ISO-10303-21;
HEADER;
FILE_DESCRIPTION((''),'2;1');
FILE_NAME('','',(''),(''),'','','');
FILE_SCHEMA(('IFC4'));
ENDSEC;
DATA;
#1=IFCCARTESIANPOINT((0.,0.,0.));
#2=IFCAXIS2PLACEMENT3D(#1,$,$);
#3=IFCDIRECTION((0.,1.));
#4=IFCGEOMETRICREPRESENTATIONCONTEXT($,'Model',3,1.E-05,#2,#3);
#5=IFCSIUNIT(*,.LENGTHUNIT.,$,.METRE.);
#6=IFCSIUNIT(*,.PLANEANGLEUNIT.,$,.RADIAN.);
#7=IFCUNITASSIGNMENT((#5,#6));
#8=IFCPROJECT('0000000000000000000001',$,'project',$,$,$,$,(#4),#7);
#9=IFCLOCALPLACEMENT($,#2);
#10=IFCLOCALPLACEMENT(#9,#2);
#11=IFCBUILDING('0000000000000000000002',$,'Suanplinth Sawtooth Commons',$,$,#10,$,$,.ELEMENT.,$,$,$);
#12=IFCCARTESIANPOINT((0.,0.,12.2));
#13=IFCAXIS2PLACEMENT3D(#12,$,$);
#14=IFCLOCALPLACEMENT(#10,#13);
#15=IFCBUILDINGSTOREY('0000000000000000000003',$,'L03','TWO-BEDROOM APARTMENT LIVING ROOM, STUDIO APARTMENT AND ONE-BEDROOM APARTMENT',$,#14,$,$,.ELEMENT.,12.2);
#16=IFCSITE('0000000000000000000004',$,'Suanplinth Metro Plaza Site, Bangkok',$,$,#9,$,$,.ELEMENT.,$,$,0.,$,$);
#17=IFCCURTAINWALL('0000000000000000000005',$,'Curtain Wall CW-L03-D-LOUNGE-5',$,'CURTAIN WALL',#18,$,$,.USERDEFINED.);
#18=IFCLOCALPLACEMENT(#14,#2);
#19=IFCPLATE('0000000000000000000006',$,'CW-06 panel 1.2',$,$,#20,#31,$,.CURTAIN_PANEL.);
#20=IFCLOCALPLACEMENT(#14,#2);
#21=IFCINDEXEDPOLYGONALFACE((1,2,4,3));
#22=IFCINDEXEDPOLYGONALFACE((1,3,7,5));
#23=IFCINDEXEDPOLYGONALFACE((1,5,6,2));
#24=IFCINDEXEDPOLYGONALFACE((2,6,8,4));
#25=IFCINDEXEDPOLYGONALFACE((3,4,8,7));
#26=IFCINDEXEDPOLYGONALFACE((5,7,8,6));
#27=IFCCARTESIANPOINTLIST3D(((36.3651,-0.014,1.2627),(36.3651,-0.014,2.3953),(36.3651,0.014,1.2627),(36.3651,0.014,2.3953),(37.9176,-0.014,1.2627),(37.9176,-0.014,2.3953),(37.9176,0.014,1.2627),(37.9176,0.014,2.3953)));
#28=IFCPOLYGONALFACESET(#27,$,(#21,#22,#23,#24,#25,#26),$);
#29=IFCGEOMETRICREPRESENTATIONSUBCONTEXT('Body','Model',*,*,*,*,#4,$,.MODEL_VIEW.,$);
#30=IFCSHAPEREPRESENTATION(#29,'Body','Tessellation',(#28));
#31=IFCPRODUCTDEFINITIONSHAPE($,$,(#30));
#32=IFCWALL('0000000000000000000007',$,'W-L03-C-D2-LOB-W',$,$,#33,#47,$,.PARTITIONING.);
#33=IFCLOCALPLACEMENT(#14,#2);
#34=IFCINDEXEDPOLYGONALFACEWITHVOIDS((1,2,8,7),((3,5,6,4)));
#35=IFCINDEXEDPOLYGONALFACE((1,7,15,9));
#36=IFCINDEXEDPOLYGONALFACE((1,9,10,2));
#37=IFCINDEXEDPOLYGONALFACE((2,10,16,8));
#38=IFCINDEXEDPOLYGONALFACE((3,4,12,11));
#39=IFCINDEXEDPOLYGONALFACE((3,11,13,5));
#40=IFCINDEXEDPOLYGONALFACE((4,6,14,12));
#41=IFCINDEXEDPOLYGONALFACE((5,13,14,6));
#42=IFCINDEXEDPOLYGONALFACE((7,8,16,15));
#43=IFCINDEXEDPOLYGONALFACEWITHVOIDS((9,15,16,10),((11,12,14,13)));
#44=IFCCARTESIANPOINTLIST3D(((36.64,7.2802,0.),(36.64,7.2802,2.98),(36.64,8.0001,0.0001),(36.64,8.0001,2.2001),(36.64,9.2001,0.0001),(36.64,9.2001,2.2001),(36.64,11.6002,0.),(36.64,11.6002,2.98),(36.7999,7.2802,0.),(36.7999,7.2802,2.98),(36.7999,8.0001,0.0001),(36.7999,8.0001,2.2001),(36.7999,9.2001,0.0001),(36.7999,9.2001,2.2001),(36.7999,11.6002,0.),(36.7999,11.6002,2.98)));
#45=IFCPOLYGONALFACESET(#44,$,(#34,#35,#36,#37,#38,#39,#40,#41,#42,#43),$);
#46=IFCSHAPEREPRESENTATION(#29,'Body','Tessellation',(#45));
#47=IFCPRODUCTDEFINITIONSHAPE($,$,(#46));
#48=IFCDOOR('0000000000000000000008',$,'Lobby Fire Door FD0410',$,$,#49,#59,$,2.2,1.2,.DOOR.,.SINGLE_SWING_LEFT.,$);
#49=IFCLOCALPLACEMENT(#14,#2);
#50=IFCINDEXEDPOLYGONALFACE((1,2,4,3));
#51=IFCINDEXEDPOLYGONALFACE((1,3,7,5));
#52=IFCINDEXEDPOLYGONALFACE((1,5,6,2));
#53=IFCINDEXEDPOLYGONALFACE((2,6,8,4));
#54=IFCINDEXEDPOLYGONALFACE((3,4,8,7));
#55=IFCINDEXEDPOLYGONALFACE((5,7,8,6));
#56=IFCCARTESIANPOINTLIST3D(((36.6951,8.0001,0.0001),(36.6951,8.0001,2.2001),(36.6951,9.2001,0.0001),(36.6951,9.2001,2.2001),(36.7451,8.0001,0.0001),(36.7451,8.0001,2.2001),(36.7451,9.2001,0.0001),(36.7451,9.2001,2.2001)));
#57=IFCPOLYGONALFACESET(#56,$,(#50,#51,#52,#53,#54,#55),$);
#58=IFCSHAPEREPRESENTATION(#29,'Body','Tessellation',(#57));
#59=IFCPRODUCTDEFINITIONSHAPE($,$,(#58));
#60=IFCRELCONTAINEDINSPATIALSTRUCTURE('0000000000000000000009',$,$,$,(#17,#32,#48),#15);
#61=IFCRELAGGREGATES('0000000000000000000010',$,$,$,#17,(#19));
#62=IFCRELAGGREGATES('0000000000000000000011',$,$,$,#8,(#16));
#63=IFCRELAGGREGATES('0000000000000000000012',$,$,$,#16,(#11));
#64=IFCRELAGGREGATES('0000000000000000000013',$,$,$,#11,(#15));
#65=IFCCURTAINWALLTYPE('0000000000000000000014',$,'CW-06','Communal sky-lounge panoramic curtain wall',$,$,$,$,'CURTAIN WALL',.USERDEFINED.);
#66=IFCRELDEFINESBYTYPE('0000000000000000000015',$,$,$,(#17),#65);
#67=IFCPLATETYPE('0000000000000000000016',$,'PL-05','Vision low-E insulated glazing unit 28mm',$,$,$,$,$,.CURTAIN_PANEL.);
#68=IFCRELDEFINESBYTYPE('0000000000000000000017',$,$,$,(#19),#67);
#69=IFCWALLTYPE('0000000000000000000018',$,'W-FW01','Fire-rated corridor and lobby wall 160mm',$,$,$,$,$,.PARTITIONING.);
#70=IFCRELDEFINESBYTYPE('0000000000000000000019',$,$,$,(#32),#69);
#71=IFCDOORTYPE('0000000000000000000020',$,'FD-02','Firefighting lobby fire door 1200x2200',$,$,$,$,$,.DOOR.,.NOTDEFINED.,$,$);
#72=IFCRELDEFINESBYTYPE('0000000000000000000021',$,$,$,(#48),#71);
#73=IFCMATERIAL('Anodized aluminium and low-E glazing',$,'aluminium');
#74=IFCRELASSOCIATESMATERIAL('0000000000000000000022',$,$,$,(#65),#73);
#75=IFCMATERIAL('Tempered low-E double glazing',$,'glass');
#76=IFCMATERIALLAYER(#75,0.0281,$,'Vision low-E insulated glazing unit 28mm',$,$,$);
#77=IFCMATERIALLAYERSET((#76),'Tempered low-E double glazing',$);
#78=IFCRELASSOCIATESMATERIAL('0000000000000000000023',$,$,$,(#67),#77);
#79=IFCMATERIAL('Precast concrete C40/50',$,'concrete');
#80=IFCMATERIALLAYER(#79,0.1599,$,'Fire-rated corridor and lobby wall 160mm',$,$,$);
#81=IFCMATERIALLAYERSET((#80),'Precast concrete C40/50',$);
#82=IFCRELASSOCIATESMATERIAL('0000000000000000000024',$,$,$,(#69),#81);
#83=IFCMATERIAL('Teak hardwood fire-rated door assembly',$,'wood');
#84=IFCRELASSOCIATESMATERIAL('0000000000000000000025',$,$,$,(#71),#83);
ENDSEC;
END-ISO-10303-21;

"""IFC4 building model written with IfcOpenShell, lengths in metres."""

from ifc_helpers import new_model, si_unit, direction, frame, frame_2d, origin, origin_2d, place, context, subcontext, project, spatial, rectangle, extrude, material, layer, layer_set, type_object, element, fill, aggregate, save


model = new_model("IFC4")

# Units and contexts
model_context = context("Model", 3, precision=1e-05, world=origin(), true_north=direction((0.0, 1.0)))
body_context = subcontext(model_context, "Body", "Model", "MODEL_VIEW")
ifc_project = project(units=[si_unit("LENGTHUNIT", "METRE"), si_unit("PLANEANGLEUNIT", "RADIAN")], contexts=[model_context])

# Site, building, storey
site_placement = place(None, origin())
site = spatial("IfcSite", under=ifc_project, at=site_placement, Name="Suanplinth Metro Plaza Site, Bangkok", CompositionType="ELEMENT", RefElevation=0.0)
building_placement = place(site_placement, origin())
building = spatial("IfcBuilding", under=site, at=building_placement, Name="Suanplinth Sawtooth Commons", CompositionType="ELEMENT")
storey_placement = place(building_placement, frame((0.0, 0.0, 12.2)))
storey = spatial("IfcBuildingStorey", under=building, at=storey_placement, Name="L03", Description="TWO-BEDROOM APARTMENT LIVING ROOM, STUDIO APARTMENT AND ONE-BEDROOM APARTMENT", CompositionType="ELEMENT", Elevation=12.2)

# Shared definitions
ifc_material_1 = material(Name="Precast concrete C40/50", Category="concrete")

# Curtain wall, plate
ifc_material_2 = material(Name="Anodized aluminium and low-E glazing", Category="aluminium")
curtain_wall_type = type_object("IfcCurtainWallType", Name="CW-06", Description="Communal sky-lounge panoramic curtain wall", ElementType="CURTAIN WALL", PredefinedType="USERDEFINED", material=ifc_material_2)
curtain_wall_placement = place(storey_placement, origin())
curtain_wall = element("IfcCurtainWall", 1, at=curtain_wall_placement, inside=storey, type_object=curtain_wall_type, Name="Curtain Wall CW-L03-D-LOUNGE-5", ObjectType="CURTAIN WALL", PredefinedType="USERDEFINED")
ifc_material_3 = material(Name="Tempered low-E double glazing", Category="glass")
ifc_layer_1 = layer(ifc_material_3, 0.0281, Name="Vision low-E insulated glazing unit 28mm")
ifc_layer_set_1 = layer_set([ifc_layer_1], Name="Tempered low-E double glazing")
plate_type = type_object("IfcPlateType", Name="PL-05", Description="Vision low-E insulated glazing unit 28mm", PredefinedType="CURTAIN_PANEL", material=ifc_layer_set_1)
plate_1_placement = place(storey_placement, frame((37.1414, 0.0, 1.2627), z_axis=(0.0, 0.0, 1.0), x_axis=(1.0, 0.0, 0.0)))
plate_1 = element("IfcPlate", 2, at=plate_1_placement, type_object=plate_type, Name="CW-06 panel 1.2", PredefinedType="CURTAIN_PANEL", context=body_context, shape_type="SweptSolid", body=[
    extrude(rectangle(XDim=1.5525, YDim=0.0281, at=origin_2d()), origin(), (0.0, 0.0, 1.0), 1.1326),
])
aggregate(curtain_wall, [plate_1])

# Wall, opening, door
ifc_layer_2 = layer(ifc_material_1, 0.1599, Name="Fire-rated corridor and lobby wall 160mm")
ifc_layer_set_2 = layer_set([ifc_layer_2], Name="Precast concrete C40/50")
wall_type = type_object("IfcWallType", Name="W-FW01", Description="Fire-rated corridor and lobby wall 160mm", PredefinedType="PARTITIONING", material=ifc_layer_set_2)
wall_1_placement = place(storey_placement, frame((36.72, 7.28, 0.0), z_axis=(0.0, 0.0, 1.0), x_axis=(0.0, 1.0, 0.0)))
wall_1 = element("IfcWall", 3, at=wall_1_placement, inside=storey, type_object=wall_type, Name="W-L03-C-D2-LOB-W", PredefinedType="PARTITIONING", context=body_context, shape_type="SweptSolid", body=[
    extrude(rectangle(XDim=4.3201, YDim=0.1599, at=frame_2d((2.1602, 0.0))), origin(), (0.0, 0.0, 1.0), 2.98),
])
opening_1_placement = place(wall_1_placement, frame((0.72, 0.0, 0.0)))
opening_1 = element("IfcOpeningElement", 4, at=opening_1_placement, cuts=wall_1, PredefinedType="OPENING", context=body_context, shape_type="SweptSolid", body=[
    extrude(rectangle(XDim=1.2, YDim=2.2, at=frame_2d((0.6001, 1.1001))), frame((0.0, 0.0947, 0.0), z_axis=(0.0, -1.0, 0.0), x_axis=(1.0, 0.0, 0.0)), (0.0, 0.0, 1.0), 0.1897),
])
ifc_material_4 = material(Name="Teak hardwood fire-rated door assembly", Category="wood")
door_type_1 = type_object("IfcDoorType", Name="FD-02", Description="Firefighting lobby fire door 1200x2200", OperationType="NOTDEFINED", PredefinedType="DOOR", material=ifc_material_4)
door_1_placement = place(opening_1_placement, origin())
door_1 = element("IfcDoor", 5, at=door_1_placement, inside=storey, type_object=door_type_1, Name="Lobby Fire Door FD0410", OperationType="SINGLE_SWING_LEFT", OverallHeight=2.2, OverallWidth=1.2, PredefinedType="DOOR", context=body_context, shape_type="SweptSolid", body=[
    extrude(rectangle(XDim=1.2, YDim=2.2, at=frame_2d((0.6001, 1.1001))), frame((0.0, 0.0249, 0.0), z_axis=(0.0, -1.0, 0.0), x_axis=(1.0, 0.0, 0.0)), (0.0, 0.0, 1.0), 0.05),
])
fill(opening_1, door_1)

save(model, "model.ifc")
